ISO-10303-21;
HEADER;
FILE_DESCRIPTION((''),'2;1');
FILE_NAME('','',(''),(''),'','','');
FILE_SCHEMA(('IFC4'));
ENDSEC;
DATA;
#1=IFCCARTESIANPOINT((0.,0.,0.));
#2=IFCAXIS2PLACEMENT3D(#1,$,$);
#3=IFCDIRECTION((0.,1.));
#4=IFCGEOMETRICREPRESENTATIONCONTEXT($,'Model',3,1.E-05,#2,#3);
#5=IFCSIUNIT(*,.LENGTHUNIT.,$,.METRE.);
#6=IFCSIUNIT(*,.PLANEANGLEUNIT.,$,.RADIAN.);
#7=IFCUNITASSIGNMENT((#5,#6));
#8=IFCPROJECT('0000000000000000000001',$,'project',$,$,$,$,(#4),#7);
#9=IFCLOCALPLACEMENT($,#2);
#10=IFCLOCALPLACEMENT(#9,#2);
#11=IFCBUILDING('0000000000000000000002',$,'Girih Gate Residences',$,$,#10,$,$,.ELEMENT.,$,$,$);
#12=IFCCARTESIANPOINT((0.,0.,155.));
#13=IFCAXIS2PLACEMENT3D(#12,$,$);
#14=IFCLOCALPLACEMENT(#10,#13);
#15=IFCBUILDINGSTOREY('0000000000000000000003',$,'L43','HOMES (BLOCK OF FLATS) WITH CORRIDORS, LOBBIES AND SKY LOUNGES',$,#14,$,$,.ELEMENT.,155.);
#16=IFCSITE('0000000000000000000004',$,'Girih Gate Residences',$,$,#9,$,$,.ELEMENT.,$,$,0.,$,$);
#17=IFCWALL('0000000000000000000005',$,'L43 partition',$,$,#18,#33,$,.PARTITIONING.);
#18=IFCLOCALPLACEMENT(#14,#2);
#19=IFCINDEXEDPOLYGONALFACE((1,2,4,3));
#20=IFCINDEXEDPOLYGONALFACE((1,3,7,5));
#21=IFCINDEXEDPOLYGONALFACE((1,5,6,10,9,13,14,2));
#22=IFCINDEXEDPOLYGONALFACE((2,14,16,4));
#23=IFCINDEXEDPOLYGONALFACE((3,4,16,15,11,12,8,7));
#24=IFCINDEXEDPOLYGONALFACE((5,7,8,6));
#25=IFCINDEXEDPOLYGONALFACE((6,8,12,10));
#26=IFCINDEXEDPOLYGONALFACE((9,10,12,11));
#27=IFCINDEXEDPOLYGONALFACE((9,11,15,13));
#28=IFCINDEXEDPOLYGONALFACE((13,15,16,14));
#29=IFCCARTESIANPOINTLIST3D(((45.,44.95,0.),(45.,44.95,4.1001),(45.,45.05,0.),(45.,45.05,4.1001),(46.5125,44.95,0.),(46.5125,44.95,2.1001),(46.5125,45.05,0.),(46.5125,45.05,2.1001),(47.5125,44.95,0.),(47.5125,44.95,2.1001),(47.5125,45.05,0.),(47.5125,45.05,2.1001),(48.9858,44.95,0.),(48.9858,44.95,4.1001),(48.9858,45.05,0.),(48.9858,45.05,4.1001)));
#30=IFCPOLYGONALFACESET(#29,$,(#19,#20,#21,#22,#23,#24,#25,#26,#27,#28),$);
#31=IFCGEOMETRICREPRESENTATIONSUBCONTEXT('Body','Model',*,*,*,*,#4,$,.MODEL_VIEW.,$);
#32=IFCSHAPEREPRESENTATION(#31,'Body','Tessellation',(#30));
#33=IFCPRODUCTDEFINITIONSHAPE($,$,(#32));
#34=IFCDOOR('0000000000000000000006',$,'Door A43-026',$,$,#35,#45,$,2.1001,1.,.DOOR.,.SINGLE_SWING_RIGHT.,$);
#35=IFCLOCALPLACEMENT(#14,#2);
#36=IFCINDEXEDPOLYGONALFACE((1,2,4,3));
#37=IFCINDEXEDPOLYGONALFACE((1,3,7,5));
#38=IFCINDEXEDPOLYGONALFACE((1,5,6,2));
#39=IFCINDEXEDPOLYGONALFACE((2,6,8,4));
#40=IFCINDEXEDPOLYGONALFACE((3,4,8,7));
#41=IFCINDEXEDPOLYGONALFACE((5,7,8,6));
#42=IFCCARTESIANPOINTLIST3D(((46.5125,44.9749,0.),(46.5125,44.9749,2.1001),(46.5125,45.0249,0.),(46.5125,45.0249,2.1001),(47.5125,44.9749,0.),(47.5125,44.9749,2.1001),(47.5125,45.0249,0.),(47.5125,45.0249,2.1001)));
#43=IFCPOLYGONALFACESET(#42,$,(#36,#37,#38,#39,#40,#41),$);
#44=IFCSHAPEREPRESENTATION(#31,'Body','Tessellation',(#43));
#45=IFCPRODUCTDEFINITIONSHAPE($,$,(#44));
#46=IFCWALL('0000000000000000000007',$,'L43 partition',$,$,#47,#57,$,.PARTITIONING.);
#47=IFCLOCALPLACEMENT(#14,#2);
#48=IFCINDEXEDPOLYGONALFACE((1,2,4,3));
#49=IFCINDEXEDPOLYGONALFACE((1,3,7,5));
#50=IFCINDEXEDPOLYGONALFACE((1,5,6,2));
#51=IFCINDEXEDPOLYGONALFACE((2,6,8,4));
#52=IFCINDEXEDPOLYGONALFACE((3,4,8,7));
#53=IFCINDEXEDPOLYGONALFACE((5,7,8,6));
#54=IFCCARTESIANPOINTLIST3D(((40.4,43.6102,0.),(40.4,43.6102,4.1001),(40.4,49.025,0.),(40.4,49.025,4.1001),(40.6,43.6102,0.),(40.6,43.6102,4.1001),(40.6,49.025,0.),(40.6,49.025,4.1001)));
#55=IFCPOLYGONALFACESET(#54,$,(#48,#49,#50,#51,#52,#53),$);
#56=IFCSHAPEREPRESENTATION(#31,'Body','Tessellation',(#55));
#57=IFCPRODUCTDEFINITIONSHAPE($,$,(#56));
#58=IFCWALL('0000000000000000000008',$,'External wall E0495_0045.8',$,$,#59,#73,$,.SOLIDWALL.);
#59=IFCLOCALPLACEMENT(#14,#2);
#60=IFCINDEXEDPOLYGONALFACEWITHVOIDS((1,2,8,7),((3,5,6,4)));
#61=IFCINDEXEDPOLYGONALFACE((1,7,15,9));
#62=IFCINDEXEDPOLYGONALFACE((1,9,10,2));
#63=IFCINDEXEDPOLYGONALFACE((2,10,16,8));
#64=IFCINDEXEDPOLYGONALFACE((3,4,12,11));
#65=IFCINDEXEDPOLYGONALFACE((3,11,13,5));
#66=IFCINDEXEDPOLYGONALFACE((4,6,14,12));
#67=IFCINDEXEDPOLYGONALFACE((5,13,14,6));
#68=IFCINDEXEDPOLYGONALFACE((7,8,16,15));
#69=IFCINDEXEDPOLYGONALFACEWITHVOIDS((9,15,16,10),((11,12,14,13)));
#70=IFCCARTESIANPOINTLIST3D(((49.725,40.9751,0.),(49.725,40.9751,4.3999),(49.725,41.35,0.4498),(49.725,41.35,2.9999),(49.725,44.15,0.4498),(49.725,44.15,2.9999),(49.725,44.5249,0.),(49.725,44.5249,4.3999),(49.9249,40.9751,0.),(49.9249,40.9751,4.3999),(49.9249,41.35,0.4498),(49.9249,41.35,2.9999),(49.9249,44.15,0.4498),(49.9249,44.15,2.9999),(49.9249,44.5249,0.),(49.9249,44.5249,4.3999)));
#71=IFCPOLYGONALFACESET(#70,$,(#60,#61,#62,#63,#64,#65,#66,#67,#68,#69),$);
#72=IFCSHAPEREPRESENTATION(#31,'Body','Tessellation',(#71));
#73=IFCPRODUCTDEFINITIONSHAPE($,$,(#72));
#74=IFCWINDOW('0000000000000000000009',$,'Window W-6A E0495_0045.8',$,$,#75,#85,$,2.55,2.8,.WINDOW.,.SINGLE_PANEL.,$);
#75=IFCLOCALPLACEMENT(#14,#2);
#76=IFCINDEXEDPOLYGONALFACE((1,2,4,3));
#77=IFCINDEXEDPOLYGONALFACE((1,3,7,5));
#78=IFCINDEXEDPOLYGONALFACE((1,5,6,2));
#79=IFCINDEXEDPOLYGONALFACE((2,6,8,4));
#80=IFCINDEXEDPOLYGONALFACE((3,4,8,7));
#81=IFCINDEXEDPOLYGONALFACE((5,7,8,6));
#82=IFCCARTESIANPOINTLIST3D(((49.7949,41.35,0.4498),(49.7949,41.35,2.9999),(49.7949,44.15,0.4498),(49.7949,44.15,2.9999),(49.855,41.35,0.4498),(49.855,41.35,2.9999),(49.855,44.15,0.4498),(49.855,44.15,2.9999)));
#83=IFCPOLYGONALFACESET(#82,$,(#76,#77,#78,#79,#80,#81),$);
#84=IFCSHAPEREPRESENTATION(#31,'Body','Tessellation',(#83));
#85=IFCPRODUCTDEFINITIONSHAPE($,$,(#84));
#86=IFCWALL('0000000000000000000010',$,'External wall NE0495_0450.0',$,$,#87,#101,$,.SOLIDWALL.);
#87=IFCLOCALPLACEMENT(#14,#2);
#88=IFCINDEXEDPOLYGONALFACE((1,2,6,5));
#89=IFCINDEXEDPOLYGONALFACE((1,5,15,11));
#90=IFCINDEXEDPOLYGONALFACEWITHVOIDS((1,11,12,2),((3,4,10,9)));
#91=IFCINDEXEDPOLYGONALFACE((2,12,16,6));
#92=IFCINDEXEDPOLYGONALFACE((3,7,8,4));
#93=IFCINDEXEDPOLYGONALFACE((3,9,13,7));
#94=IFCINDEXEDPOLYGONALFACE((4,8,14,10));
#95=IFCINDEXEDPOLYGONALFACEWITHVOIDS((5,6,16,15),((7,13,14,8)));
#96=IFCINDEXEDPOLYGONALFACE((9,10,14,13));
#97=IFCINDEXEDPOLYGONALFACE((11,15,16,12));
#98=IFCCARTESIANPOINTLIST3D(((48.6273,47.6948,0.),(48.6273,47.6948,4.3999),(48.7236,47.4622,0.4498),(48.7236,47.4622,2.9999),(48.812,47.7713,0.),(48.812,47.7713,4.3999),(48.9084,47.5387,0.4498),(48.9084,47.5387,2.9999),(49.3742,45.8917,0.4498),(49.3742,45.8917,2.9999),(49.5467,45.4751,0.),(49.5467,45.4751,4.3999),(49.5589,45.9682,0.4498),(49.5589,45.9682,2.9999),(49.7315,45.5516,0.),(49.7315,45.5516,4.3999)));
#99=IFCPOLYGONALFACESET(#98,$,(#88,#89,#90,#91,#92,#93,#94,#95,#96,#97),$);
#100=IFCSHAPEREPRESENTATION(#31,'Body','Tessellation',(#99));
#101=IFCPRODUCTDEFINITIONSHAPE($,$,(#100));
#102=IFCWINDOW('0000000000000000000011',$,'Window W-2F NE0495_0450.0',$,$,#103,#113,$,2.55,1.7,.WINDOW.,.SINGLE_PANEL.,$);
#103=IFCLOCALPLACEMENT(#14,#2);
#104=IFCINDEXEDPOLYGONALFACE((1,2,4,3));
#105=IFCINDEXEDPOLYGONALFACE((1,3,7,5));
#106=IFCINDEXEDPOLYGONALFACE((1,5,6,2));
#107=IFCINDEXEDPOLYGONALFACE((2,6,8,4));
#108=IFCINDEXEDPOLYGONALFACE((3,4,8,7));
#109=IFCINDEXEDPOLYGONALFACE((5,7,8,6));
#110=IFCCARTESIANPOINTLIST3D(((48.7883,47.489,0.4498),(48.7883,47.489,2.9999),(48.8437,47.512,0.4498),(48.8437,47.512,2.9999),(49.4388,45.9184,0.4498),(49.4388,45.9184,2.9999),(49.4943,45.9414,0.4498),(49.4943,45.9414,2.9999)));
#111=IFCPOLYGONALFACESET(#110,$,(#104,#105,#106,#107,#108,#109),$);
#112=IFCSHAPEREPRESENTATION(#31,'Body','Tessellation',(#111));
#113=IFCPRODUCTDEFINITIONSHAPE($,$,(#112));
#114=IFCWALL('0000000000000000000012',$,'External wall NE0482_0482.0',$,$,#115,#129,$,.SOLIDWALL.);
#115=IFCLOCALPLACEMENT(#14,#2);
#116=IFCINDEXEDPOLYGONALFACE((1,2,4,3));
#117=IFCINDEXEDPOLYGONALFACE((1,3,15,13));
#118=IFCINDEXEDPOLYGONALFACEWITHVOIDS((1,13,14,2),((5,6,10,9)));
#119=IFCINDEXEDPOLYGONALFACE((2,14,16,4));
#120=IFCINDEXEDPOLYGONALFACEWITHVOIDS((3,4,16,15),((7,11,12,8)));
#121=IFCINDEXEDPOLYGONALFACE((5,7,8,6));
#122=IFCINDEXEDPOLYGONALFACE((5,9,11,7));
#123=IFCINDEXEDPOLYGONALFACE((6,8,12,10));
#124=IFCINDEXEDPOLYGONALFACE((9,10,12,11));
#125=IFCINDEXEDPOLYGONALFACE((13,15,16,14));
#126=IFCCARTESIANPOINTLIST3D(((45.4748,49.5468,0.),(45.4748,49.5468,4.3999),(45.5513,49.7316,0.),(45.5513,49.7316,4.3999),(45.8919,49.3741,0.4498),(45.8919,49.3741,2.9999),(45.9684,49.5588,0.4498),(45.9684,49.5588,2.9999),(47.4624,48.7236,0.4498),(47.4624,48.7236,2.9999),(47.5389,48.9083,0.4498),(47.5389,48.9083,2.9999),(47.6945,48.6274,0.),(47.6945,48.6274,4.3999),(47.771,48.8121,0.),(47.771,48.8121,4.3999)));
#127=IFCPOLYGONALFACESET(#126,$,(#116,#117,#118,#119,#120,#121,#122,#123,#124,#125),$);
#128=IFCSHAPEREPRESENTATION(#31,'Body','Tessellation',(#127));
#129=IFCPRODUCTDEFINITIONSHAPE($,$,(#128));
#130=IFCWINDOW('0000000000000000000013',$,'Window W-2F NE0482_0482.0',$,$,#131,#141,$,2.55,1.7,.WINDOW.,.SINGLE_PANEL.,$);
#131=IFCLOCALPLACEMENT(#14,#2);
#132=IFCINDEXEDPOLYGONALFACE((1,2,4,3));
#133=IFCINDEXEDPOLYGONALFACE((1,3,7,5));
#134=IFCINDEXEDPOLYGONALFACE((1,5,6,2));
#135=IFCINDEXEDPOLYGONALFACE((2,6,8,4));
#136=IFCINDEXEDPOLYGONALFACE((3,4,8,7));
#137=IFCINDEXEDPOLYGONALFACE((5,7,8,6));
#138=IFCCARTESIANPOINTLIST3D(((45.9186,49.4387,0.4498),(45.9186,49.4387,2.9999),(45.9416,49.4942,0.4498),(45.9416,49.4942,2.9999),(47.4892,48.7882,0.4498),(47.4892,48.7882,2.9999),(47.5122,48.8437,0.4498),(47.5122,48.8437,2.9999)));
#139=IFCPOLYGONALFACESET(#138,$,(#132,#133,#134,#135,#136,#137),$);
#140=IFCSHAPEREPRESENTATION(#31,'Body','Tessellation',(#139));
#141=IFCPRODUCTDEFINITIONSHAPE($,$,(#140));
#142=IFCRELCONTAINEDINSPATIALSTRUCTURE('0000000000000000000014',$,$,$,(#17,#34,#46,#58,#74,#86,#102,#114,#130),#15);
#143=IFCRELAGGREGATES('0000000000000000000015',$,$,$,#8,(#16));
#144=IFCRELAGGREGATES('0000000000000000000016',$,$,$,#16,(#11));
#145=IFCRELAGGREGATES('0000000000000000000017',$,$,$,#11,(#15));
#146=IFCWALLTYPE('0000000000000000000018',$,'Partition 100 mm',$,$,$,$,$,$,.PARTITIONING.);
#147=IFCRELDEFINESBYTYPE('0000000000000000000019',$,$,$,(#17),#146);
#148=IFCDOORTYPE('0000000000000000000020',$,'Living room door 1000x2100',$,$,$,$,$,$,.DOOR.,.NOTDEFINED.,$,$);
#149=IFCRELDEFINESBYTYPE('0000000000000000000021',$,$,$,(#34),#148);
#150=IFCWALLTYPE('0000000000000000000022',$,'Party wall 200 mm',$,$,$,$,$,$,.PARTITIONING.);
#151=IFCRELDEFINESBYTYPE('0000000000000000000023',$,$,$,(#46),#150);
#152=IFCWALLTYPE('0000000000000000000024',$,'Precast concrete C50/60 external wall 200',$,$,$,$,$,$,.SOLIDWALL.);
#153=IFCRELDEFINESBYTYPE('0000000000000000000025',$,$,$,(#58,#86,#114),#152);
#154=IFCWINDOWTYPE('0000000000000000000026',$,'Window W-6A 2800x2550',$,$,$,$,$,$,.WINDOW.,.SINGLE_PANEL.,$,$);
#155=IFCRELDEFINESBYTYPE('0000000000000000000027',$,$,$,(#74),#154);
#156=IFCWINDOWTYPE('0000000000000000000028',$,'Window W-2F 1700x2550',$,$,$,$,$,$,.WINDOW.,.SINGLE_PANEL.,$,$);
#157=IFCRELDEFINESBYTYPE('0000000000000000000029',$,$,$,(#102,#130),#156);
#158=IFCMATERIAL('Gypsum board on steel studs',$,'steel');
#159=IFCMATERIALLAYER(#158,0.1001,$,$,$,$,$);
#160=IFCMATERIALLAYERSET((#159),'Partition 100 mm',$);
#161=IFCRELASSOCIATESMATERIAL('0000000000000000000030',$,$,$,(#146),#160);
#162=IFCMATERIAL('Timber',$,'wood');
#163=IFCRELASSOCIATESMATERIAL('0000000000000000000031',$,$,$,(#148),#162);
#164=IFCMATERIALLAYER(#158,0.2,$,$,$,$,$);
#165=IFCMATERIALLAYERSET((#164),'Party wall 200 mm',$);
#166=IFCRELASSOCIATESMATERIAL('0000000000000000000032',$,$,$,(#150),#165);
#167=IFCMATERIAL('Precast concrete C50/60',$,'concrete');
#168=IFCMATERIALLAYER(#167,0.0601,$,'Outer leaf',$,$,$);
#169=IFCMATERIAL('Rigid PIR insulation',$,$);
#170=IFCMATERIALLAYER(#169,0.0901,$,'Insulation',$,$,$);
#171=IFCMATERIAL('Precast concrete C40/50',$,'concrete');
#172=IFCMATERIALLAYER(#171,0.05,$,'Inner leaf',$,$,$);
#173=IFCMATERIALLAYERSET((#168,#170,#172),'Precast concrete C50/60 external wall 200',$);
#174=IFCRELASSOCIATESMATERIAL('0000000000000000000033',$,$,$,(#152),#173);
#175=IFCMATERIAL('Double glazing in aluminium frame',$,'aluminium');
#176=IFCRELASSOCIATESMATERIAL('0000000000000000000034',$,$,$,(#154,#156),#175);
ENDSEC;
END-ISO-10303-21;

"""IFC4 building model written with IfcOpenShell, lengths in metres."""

from ifc_helpers import new_model, si_unit, direction, frame, frame_2d, origin, place, context, subcontext, project, spatial, rectangle, extrude, material, layer, layer_set, type_object, element, fill, save


model = new_model("IFC4")

# Units and contexts
model_context = context("Model", 3, precision=1e-05, world=origin(), true_north=direction((0.0, 1.0)))
body_context = subcontext(model_context, "Body", "Model", "MODEL_VIEW")
ifc_project = project(units=[si_unit("LENGTHUNIT", "METRE"), si_unit("PLANEANGLEUNIT", "RADIAN")], contexts=[model_context])

# Site, building, storey
site_placement = place(None, origin())
site = spatial("IfcSite", under=ifc_project, at=site_placement, Name="Girih Gate Residences", CompositionType="ELEMENT", RefElevation=0.0)
building_placement = place(site_placement, origin())
building = spatial("IfcBuilding", under=site, at=building_placement, Name="Girih Gate Residences", CompositionType="ELEMENT")
storey_placement = place(building_placement, frame((0.0, 0.0, 155.0)))
storey = spatial("IfcBuildingStorey", under=building, at=storey_placement, Name="L43", Description="HOMES (BLOCK OF FLATS) WITH CORRIDORS, LOBBIES AND SKY LOUNGES", CompositionType="ELEMENT", Elevation=155.0)

# Shared definitions
ifc_material_1 = material(Name="Gypsum board on steel studs", Category="steel")
ifc_layer_1 = layer(ifc_material_1, 0.1001)
ifc_layer_set_1 = layer_set([ifc_layer_1], Name="Partition 100 mm")
wall_type_1 = type_object("IfcWallType", Name="Partition 100 mm", PredefinedType="PARTITIONING", material=ifc_layer_set_1)
ifc_material_2 = material(Name="Timber", Category="wood")

# Wall, opening, door
wall_1_placement = place(storey_placement, frame((45.0, 45.0, 0.0), z_axis=(0.0, 0.0, 1.0), x_axis=(1.0, 0.0, 0.0)))
wall_1 = element("IfcWall", 1, at=wall_1_placement, inside=storey, type_object=wall_type_1, Name="L43 partition", PredefinedType="PARTITIONING", context=body_context, shape_type="SweptSolid", body=[
    extrude(rectangle(XDim=3.9858, YDim=0.1001, at=frame_2d((1.9929, 0.0))), origin(), (0.0, 0.0, 1.0), 4.1001),
])
opening_1_placement = place(wall_1_placement, frame((1.5125, 0.0, 0.0)))
opening_1 = element("IfcOpeningElement", 2, at=opening_1_placement, cuts=wall_1, PredefinedType="OPENING", context=body_context, shape_type="SweptSolid", body=[
    extrude(rectangle(XDim=1.0, YDim=2.1001, at=frame_2d((0.5, 1.05))), frame((0.0, 0.0601, 0.0), z_axis=(0.0, -1.0, 0.0), x_axis=(1.0, 0.0, 0.0)), (0.0, 0.0, 1.0), 0.1201),
])
door_type_1 = type_object("IfcDoorType", Name="Living room door 1000x2100", OperationType="NOTDEFINED", PredefinedType="DOOR", material=ifc_material_2)
door_1_placement = place(opening_1_placement, origin())
door_1 = element("IfcDoor", 3, at=door_1_placement, inside=storey, type_object=door_type_1, Name="Door A43-026", OperationType="SINGLE_SWING_RIGHT", OverallHeight=2.1001, OverallWidth=1.0, PredefinedType="DOOR", context=body_context, shape_type="SweptSolid", body=[
    extrude(rectangle(XDim=1.0, YDim=2.1001, at=frame_2d((0.5, 1.05))), frame((0.0, 0.0249, 0.0), z_axis=(0.0, -1.0, 0.0), x_axis=(1.0, 0.0, 0.0)), (0.0, 0.0, 1.0), 0.05),
])
fill(opening_1, door_1)

# Wall
ifc_layer_2 = layer(ifc_material_1, 0.2)
ifc_layer_set_2 = layer_set([ifc_layer_2], Name="Party wall 200 mm")
wall_type_2 = type_object("IfcWallType", Name="Party wall 200 mm", PredefinedType="PARTITIONING", material=ifc_layer_set_2)
wall_2_placement = place(storey_placement, frame((40.5, 43.6101, 0.0), z_axis=(0.0, 0.0, 1.0), x_axis=(0.0, 1.0, 0.0)))
element("IfcWall", 4, at=wall_2_placement, inside=storey, type_object=wall_type_2, Name="L43 partition", PredefinedType="PARTITIONING", context=body_context, shape_type="SweptSolid", body=[
    extrude(rectangle(XDim=5.4148, YDim=0.2, at=frame_2d((2.7075, 0.0))), origin(), (0.0, 0.0, 1.0), 4.1001),
])

# Walls, openings, windows
ifc_material_3 = material(Name="Precast concrete C50/60", Category="concrete")
ifc_layer_3 = layer(ifc_material_3, 0.0601, Name="Outer leaf")
ifc_material_4 = material(Name="Rigid PIR insulation")
ifc_layer_4 = layer(ifc_material_4, 0.0901, Name="Insulation")
ifc_material_5 = material(Name="Precast concrete C40/50", Category="concrete")
ifc_layer_5 = layer(ifc_material_5, 0.05, Name="Inner leaf")
ifc_layer_set_3 = layer_set([ifc_layer_3, ifc_layer_4, ifc_layer_5], Name="Precast concrete C50/60 external wall 200")
wall_type_3 = type_object("IfcWallType", Name="Precast concrete C50/60 external wall 200", PredefinedType="SOLIDWALL", material=ifc_layer_set_3)
wall_3_placement = place(storey_placement, frame((49.825, 44.5249, 0.0), z_axis=(0.0, 0.0, 1.0), x_axis=(0.0, -1.0, 0.0)))
wall_3 = element("IfcWall", 5, at=wall_3_placement, inside=storey, type_object=wall_type_3, Name="External wall E0495_0045.8", PredefinedType="SOLIDWALL", context=body_context, shape_type="SweptSolid", body=[
    extrude(rectangle(XDim=3.5498, YDim=0.2, at=frame_2d((1.7749, 0.0))), origin(), (0.0, 0.0, 1.0), 4.3999),
])
opening_2_placement = place(wall_3_placement, frame((0.375, 0.0, 0.45)))
opening_2 = element("IfcOpeningElement", 6, at=opening_2_placement, cuts=wall_3, PredefinedType="OPENING", context=body_context, shape_type="SweptSolid", body=[
    extrude(rectangle(XDim=2.8, YDim=2.55, at=frame_2d((1.3999, 1.2749))), frame((0.0, 0.1099, 0.0), z_axis=(0.0, -1.0, 0.0), x_axis=(1.0, 0.0, 0.0)), (0.0, 0.0, 1.0), 0.22),
])
ifc_material_6 = material(Name="Double glazing in aluminium frame", Category="aluminium")
window_type_1 = type_object("IfcWindowType", Name="Window W-6A 2800x2550", PartitioningType="SINGLE_PANEL", PredefinedType="WINDOW", material=ifc_material_6)
window_1_placement = place(opening_2_placement, origin())
window_1 = element("IfcWindow", 7, at=window_1_placement, inside=storey, type_object=window_type_1, Name="Window W-6A E0495_0045.8", OverallHeight=2.55, OverallWidth=2.8, PartitioningType="SINGLE_PANEL", PredefinedType="WINDOW", context=body_context, shape_type="SweptSolid", body=[
    extrude(rectangle(XDim=2.8, YDim=2.55, at=frame_2d((1.3999, 1.2749))), frame((0.0, 0.03, 0.0), z_axis=(0.0, -1.0, 0.0), x_axis=(1.0, 0.0, 0.0)), (0.0, 0.0, 1.0), 0.0601),
])
fill(opening_2, window_1)
wall_4_placement = place(storey_placement, frame((48.7197, 47.7329, 0.0), z_axis=(0.0, 0.0, 1.0), x_axis=(0.382681, -0.923881, 0.0)))
wall_4 = element("IfcWall", 8, at=wall_4_placement, inside=storey, type_object=wall_type_3, Name="External wall NE0495_0450.0", PredefinedType="SOLIDWALL", context=body_context, shape_type="SweptSolid", body=[
    extrude(rectangle(XDim=2.4026, YDim=0.2, at=frame_2d((1.2012, 0.0))), origin(), (0.0, 0.0, 1.0), 4.3999),
])
opening_3_placement = place(wall_4_placement, frame((0.2515, 0.0, 0.45)))
opening_3 = element("IfcOpeningElement", 9, at=opening_3_placement, cuts=wall_4, PredefinedType="OPENING", context=body_context, shape_type="SweptSolid", body=[
    extrude(rectangle(XDim=1.7, YDim=2.55, at=frame_2d((0.8501, 1.2749))), frame((0.0, 0.1099, 0.0), z_axis=(0.0, -1.0, 0.0), x_axis=(1.0, 0.0, 0.0)), (0.0, 0.0, 1.0), 0.22),
])
window_type_2 = type_object("IfcWindowType", Name="Window W-2F 1700x2550", PartitioningType="SINGLE_PANEL", PredefinedType="WINDOW", material=ifc_material_6)
window_2_placement = place(opening_3_placement, origin())
window_2 = element("IfcWindow", 10, at=window_2_placement, inside=storey, type_object=window_type_2, Name="Window W-2F NE0495_0450.0", OverallHeight=2.55, OverallWidth=1.7, PartitioningType="SINGLE_PANEL", PredefinedType="WINDOW", context=body_context, shape_type="SweptSolid", body=[
    extrude(rectangle(XDim=1.7, YDim=2.55, at=frame_2d((0.8501, 1.2749))), frame((0.0, 0.03, 0.0), z_axis=(0.0, -1.0, 0.0), x_axis=(1.0, 0.0, 0.0)), (0.0, 0.0, 1.0), 0.0601),
])
fill(opening_3, window_2)
wall_5_placement = place(storey_placement, frame((45.5132, 49.6392, 0.0), z_axis=(0.0, 0.0, 1.0), x_axis=(0.923881, -0.382681, 0.0)))
wall_5 = element("IfcWall", 11, at=wall_5_placement, inside=storey, type_object=wall_type_3, Name="External wall NE0482_0482.0", PredefinedType="SOLIDWALL", context=body_context, shape_type="SweptSolid", body=[
    extrude(rectangle(XDim=2.4026, YDim=0.2, at=frame_2d((1.2012, 0.0))), origin(), (0.0, 0.0, 1.0), 4.3999),
])
opening_4_placement = place(wall_5_placement, frame((0.4512, 0.0, 0.45)))
opening_4 = element("IfcOpeningElement", 12, at=opening_4_placement, cuts=wall_5, PredefinedType="OPENING", context=body_context, shape_type="SweptSolid", body=[
    extrude(rectangle(XDim=1.7, YDim=2.55, at=frame_2d((0.8501, 1.2749))), frame((0.0, 0.1099, 0.0), z_axis=(0.0, -1.0, 0.0), x_axis=(1.0, 0.0, 0.0)), (0.0, 0.0, 1.0), 0.22),
])
window_3_placement = place(opening_4_placement, origin())
window_3 = element("IfcWindow", 13, at=window_3_placement, inside=storey, type_object=window_type_2, Name="Window W-2F NE0482_0482.0", OverallHeight=2.55, OverallWidth=1.7, PartitioningType="SINGLE_PANEL", PredefinedType="WINDOW", context=body_context, shape_type="SweptSolid", body=[
    extrude(rectangle(XDim=1.7, YDim=2.55, at=frame_2d((0.8501, 1.2749))), frame((0.0, 0.03, 0.0), z_axis=(0.0, -1.0, 0.0), x_axis=(1.0, 0.0, 0.0)), (0.0, 0.0, 1.0), 0.0601),
])
fill(opening_4, window_3)

save(model, "model.ifc")
